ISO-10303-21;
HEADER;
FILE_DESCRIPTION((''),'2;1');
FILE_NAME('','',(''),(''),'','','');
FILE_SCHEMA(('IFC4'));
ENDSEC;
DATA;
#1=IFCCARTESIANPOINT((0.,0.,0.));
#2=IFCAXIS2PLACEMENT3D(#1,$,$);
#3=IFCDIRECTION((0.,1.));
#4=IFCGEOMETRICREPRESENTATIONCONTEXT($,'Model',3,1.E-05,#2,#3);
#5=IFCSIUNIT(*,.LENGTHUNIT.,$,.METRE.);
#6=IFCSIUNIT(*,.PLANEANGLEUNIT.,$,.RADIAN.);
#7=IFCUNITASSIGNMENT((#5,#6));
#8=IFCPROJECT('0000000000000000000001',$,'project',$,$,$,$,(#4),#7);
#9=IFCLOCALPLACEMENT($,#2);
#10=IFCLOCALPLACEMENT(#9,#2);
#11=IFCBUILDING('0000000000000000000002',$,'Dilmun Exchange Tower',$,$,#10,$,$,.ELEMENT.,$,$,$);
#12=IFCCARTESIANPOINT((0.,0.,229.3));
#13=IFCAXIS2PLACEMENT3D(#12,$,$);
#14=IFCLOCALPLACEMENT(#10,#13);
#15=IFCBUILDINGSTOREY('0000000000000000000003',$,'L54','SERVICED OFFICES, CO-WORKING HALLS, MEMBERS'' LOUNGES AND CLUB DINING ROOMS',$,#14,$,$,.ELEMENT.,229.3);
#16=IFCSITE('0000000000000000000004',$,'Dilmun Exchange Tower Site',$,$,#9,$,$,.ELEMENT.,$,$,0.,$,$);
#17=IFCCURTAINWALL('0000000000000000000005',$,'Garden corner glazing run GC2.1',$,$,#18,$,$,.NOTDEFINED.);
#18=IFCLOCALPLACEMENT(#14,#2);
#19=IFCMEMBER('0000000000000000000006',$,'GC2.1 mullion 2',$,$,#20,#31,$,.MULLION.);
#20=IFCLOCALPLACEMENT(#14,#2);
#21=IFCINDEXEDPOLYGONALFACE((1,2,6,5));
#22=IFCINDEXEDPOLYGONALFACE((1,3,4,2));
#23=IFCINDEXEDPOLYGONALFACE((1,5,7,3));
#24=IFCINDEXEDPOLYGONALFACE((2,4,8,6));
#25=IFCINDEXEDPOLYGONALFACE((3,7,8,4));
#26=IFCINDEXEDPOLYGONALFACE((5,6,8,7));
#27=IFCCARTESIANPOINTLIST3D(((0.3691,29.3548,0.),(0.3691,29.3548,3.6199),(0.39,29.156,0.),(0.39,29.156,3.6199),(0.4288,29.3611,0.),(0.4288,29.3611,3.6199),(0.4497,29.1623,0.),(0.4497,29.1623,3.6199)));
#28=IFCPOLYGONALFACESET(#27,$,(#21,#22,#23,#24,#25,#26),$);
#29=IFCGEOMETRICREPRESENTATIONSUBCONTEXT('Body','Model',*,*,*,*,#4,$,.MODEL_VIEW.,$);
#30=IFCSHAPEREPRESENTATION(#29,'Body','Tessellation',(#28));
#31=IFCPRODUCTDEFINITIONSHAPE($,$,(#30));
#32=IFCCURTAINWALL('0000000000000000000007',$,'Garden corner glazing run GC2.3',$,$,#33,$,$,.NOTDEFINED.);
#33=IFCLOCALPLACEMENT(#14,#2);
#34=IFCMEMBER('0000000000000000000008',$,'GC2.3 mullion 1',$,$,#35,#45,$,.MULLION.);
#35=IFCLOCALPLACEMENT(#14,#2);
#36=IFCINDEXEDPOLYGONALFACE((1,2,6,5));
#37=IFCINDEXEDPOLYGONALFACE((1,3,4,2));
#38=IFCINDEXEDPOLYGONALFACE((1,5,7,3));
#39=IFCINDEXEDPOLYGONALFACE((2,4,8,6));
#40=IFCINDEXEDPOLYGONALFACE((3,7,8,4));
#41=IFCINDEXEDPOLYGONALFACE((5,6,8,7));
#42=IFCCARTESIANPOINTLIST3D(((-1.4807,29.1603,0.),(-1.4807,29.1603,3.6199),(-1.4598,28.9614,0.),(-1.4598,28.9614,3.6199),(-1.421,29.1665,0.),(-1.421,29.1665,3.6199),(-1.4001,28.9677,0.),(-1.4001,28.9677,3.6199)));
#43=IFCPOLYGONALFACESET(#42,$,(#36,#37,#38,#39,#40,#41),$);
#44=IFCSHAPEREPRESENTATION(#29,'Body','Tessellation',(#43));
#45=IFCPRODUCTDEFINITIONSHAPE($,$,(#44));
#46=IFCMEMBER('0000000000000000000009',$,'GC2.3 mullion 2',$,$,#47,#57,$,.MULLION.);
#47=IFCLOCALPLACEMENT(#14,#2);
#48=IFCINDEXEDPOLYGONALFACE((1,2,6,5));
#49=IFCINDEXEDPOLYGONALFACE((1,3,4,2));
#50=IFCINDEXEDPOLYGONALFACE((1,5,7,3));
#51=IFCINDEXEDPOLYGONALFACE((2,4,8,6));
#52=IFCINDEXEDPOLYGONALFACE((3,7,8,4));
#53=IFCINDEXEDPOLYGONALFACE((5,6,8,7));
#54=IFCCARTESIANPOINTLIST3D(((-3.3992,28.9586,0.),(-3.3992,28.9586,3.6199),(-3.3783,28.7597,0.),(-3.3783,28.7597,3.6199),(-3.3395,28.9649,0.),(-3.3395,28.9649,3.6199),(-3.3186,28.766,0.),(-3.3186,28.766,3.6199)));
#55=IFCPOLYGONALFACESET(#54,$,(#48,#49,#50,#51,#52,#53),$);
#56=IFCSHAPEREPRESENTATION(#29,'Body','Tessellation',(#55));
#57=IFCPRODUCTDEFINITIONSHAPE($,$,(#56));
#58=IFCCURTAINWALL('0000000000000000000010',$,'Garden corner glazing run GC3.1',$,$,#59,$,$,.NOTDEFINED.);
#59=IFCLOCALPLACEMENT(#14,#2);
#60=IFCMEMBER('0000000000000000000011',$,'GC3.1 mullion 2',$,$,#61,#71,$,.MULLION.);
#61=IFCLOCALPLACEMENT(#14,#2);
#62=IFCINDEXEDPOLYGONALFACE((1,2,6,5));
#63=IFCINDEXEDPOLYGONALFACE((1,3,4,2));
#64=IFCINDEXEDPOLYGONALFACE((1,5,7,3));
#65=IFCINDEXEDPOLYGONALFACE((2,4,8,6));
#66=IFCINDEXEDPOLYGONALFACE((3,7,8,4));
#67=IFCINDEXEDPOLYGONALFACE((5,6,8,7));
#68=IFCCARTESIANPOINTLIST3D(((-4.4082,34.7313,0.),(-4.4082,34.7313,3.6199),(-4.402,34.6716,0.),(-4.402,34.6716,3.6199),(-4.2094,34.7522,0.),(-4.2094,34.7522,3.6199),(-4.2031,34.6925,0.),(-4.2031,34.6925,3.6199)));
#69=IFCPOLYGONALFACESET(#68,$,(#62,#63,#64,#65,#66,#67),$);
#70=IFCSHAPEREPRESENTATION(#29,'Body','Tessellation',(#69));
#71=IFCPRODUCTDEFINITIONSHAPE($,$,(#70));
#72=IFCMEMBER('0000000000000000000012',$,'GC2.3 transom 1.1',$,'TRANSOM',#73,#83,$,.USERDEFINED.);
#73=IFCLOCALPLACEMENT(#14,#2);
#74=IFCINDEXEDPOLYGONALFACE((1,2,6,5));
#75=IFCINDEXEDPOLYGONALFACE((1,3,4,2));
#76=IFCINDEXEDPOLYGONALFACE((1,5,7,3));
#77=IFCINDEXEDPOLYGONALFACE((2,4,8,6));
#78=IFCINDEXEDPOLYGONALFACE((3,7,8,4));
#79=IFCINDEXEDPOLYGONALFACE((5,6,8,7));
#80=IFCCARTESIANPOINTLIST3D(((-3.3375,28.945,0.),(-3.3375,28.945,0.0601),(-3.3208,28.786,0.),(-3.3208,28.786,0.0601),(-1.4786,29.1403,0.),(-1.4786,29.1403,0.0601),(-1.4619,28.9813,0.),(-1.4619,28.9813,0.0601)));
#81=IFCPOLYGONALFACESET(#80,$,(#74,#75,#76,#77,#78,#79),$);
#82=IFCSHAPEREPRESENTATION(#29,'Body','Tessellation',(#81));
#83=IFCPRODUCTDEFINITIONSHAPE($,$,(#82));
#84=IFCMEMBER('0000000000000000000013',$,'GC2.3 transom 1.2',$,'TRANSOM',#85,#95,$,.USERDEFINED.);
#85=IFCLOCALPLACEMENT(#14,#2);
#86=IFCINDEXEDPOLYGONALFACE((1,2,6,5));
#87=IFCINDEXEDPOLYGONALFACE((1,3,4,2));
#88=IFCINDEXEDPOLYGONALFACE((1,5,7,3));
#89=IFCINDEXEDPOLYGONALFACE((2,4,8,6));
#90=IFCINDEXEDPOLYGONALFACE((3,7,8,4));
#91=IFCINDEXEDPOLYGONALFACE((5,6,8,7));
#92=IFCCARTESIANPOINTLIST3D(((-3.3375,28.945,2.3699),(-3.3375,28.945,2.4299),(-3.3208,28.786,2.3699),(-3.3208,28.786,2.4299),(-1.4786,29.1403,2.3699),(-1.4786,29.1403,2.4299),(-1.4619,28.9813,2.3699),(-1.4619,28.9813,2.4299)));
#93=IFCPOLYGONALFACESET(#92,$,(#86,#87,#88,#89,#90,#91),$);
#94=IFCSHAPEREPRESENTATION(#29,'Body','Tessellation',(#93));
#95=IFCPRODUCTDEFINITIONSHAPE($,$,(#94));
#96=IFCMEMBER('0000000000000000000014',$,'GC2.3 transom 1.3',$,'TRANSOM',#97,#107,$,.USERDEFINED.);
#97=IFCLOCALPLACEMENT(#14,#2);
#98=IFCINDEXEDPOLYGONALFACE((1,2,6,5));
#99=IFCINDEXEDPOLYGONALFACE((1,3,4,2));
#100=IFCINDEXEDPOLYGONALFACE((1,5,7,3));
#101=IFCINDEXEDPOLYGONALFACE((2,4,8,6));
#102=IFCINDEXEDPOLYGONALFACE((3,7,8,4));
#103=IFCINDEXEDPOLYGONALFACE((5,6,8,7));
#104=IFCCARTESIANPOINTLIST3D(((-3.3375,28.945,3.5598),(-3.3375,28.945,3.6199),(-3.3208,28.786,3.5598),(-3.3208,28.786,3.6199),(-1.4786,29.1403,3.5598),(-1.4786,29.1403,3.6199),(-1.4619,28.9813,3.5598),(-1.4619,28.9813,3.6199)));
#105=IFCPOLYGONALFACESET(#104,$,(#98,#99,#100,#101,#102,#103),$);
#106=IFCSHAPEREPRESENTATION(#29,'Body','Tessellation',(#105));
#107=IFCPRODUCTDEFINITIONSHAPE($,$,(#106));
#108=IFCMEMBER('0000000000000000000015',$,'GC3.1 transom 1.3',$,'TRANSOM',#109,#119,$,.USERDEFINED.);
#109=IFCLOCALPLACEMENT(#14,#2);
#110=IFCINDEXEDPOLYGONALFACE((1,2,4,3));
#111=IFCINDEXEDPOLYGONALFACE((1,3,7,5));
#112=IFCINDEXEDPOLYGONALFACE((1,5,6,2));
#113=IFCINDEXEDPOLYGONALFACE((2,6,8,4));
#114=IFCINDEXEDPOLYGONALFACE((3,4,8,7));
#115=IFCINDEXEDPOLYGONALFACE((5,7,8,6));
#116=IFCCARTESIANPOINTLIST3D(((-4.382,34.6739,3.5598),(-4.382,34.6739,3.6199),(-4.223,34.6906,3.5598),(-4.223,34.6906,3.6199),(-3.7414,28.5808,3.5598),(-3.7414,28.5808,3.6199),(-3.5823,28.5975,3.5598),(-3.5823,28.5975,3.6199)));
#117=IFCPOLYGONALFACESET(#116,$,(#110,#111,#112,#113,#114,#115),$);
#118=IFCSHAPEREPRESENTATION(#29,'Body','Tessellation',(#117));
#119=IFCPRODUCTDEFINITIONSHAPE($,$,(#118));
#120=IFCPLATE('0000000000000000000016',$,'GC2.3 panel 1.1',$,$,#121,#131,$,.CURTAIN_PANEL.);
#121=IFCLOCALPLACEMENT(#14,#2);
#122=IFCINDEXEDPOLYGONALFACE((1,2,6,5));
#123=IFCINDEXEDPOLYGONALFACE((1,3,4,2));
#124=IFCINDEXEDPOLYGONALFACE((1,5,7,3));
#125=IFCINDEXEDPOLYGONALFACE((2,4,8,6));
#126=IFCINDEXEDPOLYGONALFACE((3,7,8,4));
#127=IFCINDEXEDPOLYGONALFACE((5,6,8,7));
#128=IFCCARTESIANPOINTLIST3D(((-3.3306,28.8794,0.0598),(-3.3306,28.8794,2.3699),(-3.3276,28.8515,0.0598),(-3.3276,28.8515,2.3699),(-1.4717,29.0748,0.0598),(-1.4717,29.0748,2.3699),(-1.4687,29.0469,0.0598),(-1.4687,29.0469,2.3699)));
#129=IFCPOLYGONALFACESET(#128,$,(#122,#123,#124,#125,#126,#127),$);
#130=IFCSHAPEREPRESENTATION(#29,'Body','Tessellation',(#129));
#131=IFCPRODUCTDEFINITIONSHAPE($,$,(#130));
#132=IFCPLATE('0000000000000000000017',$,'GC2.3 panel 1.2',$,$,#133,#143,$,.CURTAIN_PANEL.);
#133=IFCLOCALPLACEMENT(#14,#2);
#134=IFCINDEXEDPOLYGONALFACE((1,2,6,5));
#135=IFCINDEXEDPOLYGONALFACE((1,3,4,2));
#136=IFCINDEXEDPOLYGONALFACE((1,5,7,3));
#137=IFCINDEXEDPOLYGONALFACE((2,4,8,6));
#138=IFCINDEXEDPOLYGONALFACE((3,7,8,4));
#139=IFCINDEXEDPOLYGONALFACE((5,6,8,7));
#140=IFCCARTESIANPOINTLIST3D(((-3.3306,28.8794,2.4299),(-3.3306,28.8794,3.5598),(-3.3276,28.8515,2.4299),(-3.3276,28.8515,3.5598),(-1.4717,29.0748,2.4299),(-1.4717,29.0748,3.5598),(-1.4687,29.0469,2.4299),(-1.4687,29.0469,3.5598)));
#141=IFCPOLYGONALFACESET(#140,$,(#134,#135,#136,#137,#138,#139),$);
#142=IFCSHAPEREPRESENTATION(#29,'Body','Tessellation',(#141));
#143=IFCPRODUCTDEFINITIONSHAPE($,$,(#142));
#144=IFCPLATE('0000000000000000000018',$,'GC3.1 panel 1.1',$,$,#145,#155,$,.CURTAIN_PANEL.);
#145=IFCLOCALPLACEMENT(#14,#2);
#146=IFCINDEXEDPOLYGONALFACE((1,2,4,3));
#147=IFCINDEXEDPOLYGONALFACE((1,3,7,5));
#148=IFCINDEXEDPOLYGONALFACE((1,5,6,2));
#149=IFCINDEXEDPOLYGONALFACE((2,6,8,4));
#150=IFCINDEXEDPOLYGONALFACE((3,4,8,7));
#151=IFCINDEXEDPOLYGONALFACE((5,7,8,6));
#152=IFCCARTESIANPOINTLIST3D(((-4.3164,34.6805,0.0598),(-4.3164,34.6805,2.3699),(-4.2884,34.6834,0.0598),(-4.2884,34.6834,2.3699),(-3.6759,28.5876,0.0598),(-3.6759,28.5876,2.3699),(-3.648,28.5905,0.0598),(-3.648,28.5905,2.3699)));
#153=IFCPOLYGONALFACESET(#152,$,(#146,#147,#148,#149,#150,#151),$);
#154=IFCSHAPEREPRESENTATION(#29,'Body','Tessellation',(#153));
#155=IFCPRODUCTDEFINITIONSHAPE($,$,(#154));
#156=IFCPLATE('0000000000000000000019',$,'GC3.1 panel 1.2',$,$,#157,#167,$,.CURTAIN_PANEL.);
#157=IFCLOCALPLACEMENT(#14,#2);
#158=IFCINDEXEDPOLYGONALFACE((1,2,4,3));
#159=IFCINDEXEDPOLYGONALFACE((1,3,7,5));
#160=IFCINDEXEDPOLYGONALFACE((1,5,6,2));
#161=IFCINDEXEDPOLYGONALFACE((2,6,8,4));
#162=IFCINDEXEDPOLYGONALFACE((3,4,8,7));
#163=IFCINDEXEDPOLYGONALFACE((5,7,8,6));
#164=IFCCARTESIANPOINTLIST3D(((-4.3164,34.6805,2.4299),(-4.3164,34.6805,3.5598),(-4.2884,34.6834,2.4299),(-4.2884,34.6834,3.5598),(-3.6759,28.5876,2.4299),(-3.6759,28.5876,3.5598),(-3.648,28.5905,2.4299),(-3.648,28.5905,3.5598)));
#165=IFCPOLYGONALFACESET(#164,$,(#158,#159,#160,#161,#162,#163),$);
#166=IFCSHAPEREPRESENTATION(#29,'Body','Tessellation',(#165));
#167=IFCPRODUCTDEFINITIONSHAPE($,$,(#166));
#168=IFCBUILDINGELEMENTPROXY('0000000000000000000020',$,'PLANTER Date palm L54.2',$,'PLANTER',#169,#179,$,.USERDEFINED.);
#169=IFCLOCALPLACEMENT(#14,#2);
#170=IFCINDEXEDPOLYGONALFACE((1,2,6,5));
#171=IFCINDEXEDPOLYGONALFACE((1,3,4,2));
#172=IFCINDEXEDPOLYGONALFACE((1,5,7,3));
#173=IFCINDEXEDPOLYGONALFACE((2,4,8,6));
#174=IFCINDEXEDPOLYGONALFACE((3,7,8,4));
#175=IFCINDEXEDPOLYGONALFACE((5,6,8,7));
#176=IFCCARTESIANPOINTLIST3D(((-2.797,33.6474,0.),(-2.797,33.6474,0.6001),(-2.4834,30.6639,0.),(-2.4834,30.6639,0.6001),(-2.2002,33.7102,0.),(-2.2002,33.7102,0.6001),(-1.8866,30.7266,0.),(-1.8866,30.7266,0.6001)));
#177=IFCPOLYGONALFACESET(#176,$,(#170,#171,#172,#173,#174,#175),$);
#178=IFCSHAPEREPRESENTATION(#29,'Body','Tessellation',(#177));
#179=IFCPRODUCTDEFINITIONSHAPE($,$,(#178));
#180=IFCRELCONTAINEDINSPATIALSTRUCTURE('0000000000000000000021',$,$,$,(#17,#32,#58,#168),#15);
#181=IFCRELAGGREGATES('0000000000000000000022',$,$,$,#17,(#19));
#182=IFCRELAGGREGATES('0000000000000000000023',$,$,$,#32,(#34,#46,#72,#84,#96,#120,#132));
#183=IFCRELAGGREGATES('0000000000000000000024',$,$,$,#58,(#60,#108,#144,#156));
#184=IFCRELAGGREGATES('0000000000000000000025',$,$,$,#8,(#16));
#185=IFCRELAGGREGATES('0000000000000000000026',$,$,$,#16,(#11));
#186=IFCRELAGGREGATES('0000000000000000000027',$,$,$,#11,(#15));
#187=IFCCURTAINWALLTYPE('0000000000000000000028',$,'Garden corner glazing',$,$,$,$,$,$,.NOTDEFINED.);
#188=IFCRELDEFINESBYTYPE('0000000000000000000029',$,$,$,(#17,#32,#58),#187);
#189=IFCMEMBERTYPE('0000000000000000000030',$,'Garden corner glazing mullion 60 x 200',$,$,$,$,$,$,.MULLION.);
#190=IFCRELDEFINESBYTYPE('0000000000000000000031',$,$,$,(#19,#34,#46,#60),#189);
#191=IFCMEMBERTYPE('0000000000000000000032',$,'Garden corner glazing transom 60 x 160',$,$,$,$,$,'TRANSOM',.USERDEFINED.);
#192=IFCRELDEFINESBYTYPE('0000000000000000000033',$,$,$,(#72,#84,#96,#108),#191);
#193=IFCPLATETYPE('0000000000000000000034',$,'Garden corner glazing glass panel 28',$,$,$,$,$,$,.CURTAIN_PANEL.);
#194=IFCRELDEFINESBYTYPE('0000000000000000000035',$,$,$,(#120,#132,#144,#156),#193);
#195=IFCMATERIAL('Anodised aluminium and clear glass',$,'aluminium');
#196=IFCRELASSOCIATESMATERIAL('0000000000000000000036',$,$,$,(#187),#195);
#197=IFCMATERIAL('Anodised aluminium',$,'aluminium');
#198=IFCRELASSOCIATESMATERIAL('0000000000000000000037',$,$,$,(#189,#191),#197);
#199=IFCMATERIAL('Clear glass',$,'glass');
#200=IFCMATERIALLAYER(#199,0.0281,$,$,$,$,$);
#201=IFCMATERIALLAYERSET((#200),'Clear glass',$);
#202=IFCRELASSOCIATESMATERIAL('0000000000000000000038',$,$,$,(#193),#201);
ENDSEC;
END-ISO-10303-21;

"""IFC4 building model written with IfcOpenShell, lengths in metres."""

from ifc_helpers import new_model, si_unit, direction, frame, origin, origin_2d, place, context, subcontext, project, spatial, rectangle, extrude, material, layer, layer_set, material_profile, profile_set, type_object, element, aggregate, save


model = new_model("IFC4")

# Units and contexts
model_context = context("Model", 3, precision=1e-05, world=origin(), true_north=direction((0.0, 1.0)))
body_context = subcontext(model_context, "Body", "Model", "MODEL_VIEW")
ifc_project = project(units=[si_unit("LENGTHUNIT", "METRE"), si_unit("PLANEANGLEUNIT", "RADIAN")], contexts=[model_context])

# Site, building, storey
site_placement = place(None, origin())
site = spatial("IfcSite", under=ifc_project, at=site_placement, Name="Dilmun Exchange Tower Site", CompositionType="ELEMENT", RefElevation=0.0)
building_placement = place(site_placement, origin())
building = spatial("IfcBuilding", under=site, at=building_placement, Name="Dilmun Exchange Tower", CompositionType="ELEMENT")
storey_placement = place(building_placement, frame((0.0, 0.0, 229.3)))
storey = spatial("IfcBuildingStorey", under=building, at=storey_placement, Name="L54", Description="SERVICED OFFICES, CO-WORKING HALLS, MEMBERS' LOUNGES AND CLUB DINING ROOMS", CompositionType="ELEMENT", Elevation=229.3)

# Curtain wall, member
ifc_material_1 = material(Name="Anodised aluminium and clear glass", Category="aluminium")
curtain_wall_type = type_object("IfcCurtainWallType", Name="Garden corner glazing", PredefinedType="NOTDEFINED", material=ifc_material_1)
curtain_wall_1_placement = place(storey_placement, origin())
curtain_wall_1 = element("IfcCurtainWall", 1, at=curtain_wall_1_placement, inside=storey, type_object=curtain_wall_type, Name="Garden corner glazing run GC2.1", PredefinedType="NOTDEFINED")
ifc_material_2 = material(Name="Anodised aluminium", Category="aluminium")
ifc_material_profile_1 = material_profile(ifc_material_2, rectangle(XDim=0.2, YDim=0.0601, at=origin_2d()), Name="AL 60x200")
ifc_profile_set_1 = profile_set([ifc_material_profile_1], Name="Anodised aluminium")
member_type_1 = type_object("IfcMemberType", Name="Garden corner glazing mullion 60 x 200", PredefinedType="MULLION", material=ifc_profile_set_1)
member_1_placement = place(storey_placement, frame((0.4094, 29.2585, 0.0), z_axis=(0.0, 0.0, 1.0), x_axis=(0.104536, -0.994521, 0.0)))
member_1 = element("IfcMember", 2, at=member_1_placement, type_object=member_type_1, Name="GC2.1 mullion 2", PredefinedType="MULLION", context=body_context, shape_type="SweptSolid", body=[
    extrude(rectangle(XDim=0.2, YDim=0.0601, at=origin_2d()), origin(), (0.0, 0.0, 1.0), 3.6199),
])
aggregate(curtain_wall_1, [member_1])

# Curtain wall, members
curtain_wall_2_placement = place(storey_placement, origin())
curtain_wall_2 = element("IfcCurtainWall", 3, at=curtain_wall_2_placement, inside=storey, type_object=curtain_wall_type, Name="Garden corner glazing run GC2.3", PredefinedType="NOTDEFINED")
member_2_placement = place(storey_placement, frame((-1.4404, 29.064, 0.0), z_axis=(0.0, 0.0, 1.0), x_axis=(0.10452, -0.994523, 0.0)))
member_2 = element("IfcMember", 4, at=member_2_placement, type_object=member_type_1, Name="GC2.3 mullion 1", PredefinedType="MULLION", context=body_context, shape_type="SweptSolid", body=[
    extrude(rectangle(XDim=0.2, YDim=0.0601, at=origin_2d()), origin(), (0.0, 0.0, 1.0), 3.6199),
])
member_3_placement = place(storey_placement, frame((-3.3589, 28.8623, 0.0), z_axis=(0.0, 0.0, 1.0), x_axis=(0.10452, -0.994523, 0.0)))
member_3 = element("IfcMember", 5, at=member_3_placement, type_object=member_type_1, Name="GC2.3 mullion 2", PredefinedType="MULLION", context=body_context, shape_type="SweptSolid", body=[
    extrude(rectangle(XDim=0.2, YDim=0.0601, at=origin_2d()), origin(), (0.0, 0.0, 1.0), 3.6199),
])

# Curtain wall, member
curtain_wall_3_placement = place(storey_placement, origin())
curtain_wall_3 = element("IfcCurtainWall", 6, at=curtain_wall_3_placement, inside=storey, type_object=curtain_wall_type, Name="Garden corner glazing run GC3.1", PredefinedType="NOTDEFINED")
member_4_placement = place(storey_placement, frame((-4.3057, 34.7119, 0.0), z_axis=(0.0, 0.0, 1.0), x_axis=(-0.994521, -0.10454, 0.0)))
member_4 = element("IfcMember", 7, at=member_4_placement, type_object=member_type_1, Name="GC3.1 mullion 2", PredefinedType="MULLION", context=body_context, shape_type="SweptSolid", body=[
    extrude(rectangle(XDim=0.2, YDim=0.0601, at=origin_2d()), origin(), (0.0, 0.0, 1.0), 3.6199),
])

# Members
ifc_material_profile_2 = material_profile(ifc_material_2, rectangle(XDim=0.1599, YDim=0.0601, at=origin_2d()), Name="AL 60x160")
ifc_profile_set_2 = profile_set([ifc_material_profile_2], Name="Anodised aluminium")
member_type_2 = type_object("IfcMemberType", Name="Garden corner glazing transom 60 x 160", ElementType="TRANSOM", PredefinedType="USERDEFINED", material=ifc_profile_set_2)
member_5_placement = place(storey_placement, frame((-1.4702, 29.0608, 0.03), z_axis=(-0.994525, -0.104494, 0.0), x_axis=(0.104494, -0.994525, 0.0)))
member_5 = element("IfcMember", 8, at=member_5_placement, type_object=member_type_2, Name="GC2.3 transom 1.1", ObjectType="TRANSOM", PredefinedType="USERDEFINED", context=body_context, shape_type="SweptSolid", body=[
    extrude(rectangle(XDim=0.1599, YDim=0.0601, at=origin_2d()), origin(), (0.0, 0.0, 1.0), 1.8691),
])
member_6_placement = place(storey_placement, frame((-1.4702, 29.0608, 2.3999), z_axis=(-0.994525, -0.104494, 0.0), x_axis=(0.104494, -0.994525, 0.0)))
member_6 = element("IfcMember", 9, at=member_6_placement, type_object=member_type_2, Name="GC2.3 transom 1.2", ObjectType="TRANSOM", PredefinedType="USERDEFINED", context=body_context, shape_type="SweptSolid", body=[
    extrude(rectangle(XDim=0.1599, YDim=0.0601, at=origin_2d()), origin(), (0.0, 0.0, 1.0), 1.8691),
])
member_7_placement = place(storey_placement, frame((-1.4702, 29.0608, 3.5898), z_axis=(-0.994525, -0.104494, 0.0), x_axis=(0.104494, -0.994525, 0.0)))
member_7 = element("IfcMember", 10, at=member_7_placement, type_object=member_type_2, Name="GC2.3 transom 1.3", ObjectType="TRANSOM", PredefinedType="USERDEFINED", context=body_context, shape_type="SweptSolid", body=[
    extrude(rectangle(XDim=0.1599, YDim=0.0601, at=origin_2d()), origin(), (0.0, 0.0, 1.0), 1.8691),
])
member_8_placement = place(storey_placement, frame((-3.6619, 28.5891, 3.5898), z_axis=(-0.104564, 0.994518, 0.0), x_axis=(-0.994518, -0.104564, 0.0)))
member_8 = element("IfcMember", 11, at=member_8_placement, type_object=member_type_2, Name="GC3.1 transom 1.3", ObjectType="TRANSOM", PredefinedType="USERDEFINED", context=body_context, shape_type="SweptSolid", body=[
    extrude(rectangle(XDim=0.1599, YDim=0.0601, at=origin_2d()), origin(), (0.0, 0.0, 1.0), 6.1267),
])

# Plates
ifc_material_3 = material(Name="Clear glass", Category="glass")
ifc_layer_1 = layer(ifc_material_3, 0.0281)
ifc_layer_set_1 = layer_set([ifc_layer_1], Name="Clear glass")
plate_type = type_object("IfcPlateType", Name="Garden corner glazing glass panel 28", PredefinedType="CURTAIN_PANEL", material=ifc_layer_set_1)
plate_1_placement = place(storey_placement, frame((-2.3997, 28.9631, 0.0598), z_axis=(0.0, 0.0, 1.0), x_axis=(-0.994523, -0.10452, 0.0)))
plate_1 = element("IfcPlate", 12, at=plate_1_placement, type_object=plate_type, Name="GC2.3 panel 1.1", PredefinedType="CURTAIN_PANEL", context=body_context, shape_type="SweptSolid", body=[
    extrude(rectangle(XDim=1.8691, YDim=0.0281, at=origin_2d()), origin(), (0.0, 0.0, 1.0), 2.3101),
])
plate_2_placement = place(storey_placement, frame((-2.3997, 28.9631, 2.4299), z_axis=(0.0, 0.0, 1.0), x_axis=(-0.994523, -0.10452, 0.0)))
plate_2 = element("IfcPlate", 13, at=plate_2_placement, type_object=plate_type, Name="GC2.3 panel 1.2", PredefinedType="CURTAIN_PANEL", context=body_context, shape_type="SweptSolid", body=[
    extrude(rectangle(XDim=1.8691, YDim=0.0281, at=origin_2d()), origin(), (0.0, 0.0, 1.0), 1.1299),
])
aggregate(curtain_wall_2, [member_2, member_3, member_5, member_6, member_7, plate_1, plate_2])
plate_3_placement = place(storey_placement, frame((-3.9822, 31.6355, 0.0598), z_axis=(0.0, 0.0, 1.0), x_axis=(-0.10454, 0.994521, 0.0)))
plate_3 = element("IfcPlate", 14, at=plate_3_placement, type_object=plate_type, Name="GC3.1 panel 1.1", PredefinedType="CURTAIN_PANEL", context=body_context, shape_type="SweptSolid", body=[
    extrude(rectangle(XDim=6.1265, YDim=0.0281, at=origin_2d()), origin(), (0.0, 0.0, 1.0), 2.3101),
])
plate_4_placement = place(storey_placement, frame((-3.9822, 31.6355, 2.4299), z_axis=(0.0, 0.0, 1.0), x_axis=(-0.10454, 0.994521, 0.0)))
plate_4 = element("IfcPlate", 15, at=plate_4_placement, type_object=plate_type, Name="GC3.1 panel 1.2", PredefinedType="CURTAIN_PANEL", context=body_context, shape_type="SweptSolid", body=[
    extrude(rectangle(XDim=6.1265, YDim=0.0281, at=origin_2d()), origin(), (0.0, 0.0, 1.0), 1.1299),
])
aggregate(curtain_wall_3, [member_4, member_8, plate_3, plate_4])

# Building element proxy
proxy_placement = place(storey_placement, frame((-2.3418, 32.187, 0.0), z_axis=(0.0, 0.0, 1.0), x_axis=(-0.104528, 0.994522, 0.0)))
element("IfcBuildingElementProxy", 16, at=proxy_placement, inside=storey, Name="PLANTER Date palm L54.2", ObjectType="PLANTER", PredefinedType="USERDEFINED", context=body_context, shape_type="SweptSolid", body=[
    extrude(rectangle(XDim=3.0, YDim=0.6001, at=origin_2d()), origin(), (0.0, 0.0, 1.0), 0.6001),
])

save(model, "model.ifc")
